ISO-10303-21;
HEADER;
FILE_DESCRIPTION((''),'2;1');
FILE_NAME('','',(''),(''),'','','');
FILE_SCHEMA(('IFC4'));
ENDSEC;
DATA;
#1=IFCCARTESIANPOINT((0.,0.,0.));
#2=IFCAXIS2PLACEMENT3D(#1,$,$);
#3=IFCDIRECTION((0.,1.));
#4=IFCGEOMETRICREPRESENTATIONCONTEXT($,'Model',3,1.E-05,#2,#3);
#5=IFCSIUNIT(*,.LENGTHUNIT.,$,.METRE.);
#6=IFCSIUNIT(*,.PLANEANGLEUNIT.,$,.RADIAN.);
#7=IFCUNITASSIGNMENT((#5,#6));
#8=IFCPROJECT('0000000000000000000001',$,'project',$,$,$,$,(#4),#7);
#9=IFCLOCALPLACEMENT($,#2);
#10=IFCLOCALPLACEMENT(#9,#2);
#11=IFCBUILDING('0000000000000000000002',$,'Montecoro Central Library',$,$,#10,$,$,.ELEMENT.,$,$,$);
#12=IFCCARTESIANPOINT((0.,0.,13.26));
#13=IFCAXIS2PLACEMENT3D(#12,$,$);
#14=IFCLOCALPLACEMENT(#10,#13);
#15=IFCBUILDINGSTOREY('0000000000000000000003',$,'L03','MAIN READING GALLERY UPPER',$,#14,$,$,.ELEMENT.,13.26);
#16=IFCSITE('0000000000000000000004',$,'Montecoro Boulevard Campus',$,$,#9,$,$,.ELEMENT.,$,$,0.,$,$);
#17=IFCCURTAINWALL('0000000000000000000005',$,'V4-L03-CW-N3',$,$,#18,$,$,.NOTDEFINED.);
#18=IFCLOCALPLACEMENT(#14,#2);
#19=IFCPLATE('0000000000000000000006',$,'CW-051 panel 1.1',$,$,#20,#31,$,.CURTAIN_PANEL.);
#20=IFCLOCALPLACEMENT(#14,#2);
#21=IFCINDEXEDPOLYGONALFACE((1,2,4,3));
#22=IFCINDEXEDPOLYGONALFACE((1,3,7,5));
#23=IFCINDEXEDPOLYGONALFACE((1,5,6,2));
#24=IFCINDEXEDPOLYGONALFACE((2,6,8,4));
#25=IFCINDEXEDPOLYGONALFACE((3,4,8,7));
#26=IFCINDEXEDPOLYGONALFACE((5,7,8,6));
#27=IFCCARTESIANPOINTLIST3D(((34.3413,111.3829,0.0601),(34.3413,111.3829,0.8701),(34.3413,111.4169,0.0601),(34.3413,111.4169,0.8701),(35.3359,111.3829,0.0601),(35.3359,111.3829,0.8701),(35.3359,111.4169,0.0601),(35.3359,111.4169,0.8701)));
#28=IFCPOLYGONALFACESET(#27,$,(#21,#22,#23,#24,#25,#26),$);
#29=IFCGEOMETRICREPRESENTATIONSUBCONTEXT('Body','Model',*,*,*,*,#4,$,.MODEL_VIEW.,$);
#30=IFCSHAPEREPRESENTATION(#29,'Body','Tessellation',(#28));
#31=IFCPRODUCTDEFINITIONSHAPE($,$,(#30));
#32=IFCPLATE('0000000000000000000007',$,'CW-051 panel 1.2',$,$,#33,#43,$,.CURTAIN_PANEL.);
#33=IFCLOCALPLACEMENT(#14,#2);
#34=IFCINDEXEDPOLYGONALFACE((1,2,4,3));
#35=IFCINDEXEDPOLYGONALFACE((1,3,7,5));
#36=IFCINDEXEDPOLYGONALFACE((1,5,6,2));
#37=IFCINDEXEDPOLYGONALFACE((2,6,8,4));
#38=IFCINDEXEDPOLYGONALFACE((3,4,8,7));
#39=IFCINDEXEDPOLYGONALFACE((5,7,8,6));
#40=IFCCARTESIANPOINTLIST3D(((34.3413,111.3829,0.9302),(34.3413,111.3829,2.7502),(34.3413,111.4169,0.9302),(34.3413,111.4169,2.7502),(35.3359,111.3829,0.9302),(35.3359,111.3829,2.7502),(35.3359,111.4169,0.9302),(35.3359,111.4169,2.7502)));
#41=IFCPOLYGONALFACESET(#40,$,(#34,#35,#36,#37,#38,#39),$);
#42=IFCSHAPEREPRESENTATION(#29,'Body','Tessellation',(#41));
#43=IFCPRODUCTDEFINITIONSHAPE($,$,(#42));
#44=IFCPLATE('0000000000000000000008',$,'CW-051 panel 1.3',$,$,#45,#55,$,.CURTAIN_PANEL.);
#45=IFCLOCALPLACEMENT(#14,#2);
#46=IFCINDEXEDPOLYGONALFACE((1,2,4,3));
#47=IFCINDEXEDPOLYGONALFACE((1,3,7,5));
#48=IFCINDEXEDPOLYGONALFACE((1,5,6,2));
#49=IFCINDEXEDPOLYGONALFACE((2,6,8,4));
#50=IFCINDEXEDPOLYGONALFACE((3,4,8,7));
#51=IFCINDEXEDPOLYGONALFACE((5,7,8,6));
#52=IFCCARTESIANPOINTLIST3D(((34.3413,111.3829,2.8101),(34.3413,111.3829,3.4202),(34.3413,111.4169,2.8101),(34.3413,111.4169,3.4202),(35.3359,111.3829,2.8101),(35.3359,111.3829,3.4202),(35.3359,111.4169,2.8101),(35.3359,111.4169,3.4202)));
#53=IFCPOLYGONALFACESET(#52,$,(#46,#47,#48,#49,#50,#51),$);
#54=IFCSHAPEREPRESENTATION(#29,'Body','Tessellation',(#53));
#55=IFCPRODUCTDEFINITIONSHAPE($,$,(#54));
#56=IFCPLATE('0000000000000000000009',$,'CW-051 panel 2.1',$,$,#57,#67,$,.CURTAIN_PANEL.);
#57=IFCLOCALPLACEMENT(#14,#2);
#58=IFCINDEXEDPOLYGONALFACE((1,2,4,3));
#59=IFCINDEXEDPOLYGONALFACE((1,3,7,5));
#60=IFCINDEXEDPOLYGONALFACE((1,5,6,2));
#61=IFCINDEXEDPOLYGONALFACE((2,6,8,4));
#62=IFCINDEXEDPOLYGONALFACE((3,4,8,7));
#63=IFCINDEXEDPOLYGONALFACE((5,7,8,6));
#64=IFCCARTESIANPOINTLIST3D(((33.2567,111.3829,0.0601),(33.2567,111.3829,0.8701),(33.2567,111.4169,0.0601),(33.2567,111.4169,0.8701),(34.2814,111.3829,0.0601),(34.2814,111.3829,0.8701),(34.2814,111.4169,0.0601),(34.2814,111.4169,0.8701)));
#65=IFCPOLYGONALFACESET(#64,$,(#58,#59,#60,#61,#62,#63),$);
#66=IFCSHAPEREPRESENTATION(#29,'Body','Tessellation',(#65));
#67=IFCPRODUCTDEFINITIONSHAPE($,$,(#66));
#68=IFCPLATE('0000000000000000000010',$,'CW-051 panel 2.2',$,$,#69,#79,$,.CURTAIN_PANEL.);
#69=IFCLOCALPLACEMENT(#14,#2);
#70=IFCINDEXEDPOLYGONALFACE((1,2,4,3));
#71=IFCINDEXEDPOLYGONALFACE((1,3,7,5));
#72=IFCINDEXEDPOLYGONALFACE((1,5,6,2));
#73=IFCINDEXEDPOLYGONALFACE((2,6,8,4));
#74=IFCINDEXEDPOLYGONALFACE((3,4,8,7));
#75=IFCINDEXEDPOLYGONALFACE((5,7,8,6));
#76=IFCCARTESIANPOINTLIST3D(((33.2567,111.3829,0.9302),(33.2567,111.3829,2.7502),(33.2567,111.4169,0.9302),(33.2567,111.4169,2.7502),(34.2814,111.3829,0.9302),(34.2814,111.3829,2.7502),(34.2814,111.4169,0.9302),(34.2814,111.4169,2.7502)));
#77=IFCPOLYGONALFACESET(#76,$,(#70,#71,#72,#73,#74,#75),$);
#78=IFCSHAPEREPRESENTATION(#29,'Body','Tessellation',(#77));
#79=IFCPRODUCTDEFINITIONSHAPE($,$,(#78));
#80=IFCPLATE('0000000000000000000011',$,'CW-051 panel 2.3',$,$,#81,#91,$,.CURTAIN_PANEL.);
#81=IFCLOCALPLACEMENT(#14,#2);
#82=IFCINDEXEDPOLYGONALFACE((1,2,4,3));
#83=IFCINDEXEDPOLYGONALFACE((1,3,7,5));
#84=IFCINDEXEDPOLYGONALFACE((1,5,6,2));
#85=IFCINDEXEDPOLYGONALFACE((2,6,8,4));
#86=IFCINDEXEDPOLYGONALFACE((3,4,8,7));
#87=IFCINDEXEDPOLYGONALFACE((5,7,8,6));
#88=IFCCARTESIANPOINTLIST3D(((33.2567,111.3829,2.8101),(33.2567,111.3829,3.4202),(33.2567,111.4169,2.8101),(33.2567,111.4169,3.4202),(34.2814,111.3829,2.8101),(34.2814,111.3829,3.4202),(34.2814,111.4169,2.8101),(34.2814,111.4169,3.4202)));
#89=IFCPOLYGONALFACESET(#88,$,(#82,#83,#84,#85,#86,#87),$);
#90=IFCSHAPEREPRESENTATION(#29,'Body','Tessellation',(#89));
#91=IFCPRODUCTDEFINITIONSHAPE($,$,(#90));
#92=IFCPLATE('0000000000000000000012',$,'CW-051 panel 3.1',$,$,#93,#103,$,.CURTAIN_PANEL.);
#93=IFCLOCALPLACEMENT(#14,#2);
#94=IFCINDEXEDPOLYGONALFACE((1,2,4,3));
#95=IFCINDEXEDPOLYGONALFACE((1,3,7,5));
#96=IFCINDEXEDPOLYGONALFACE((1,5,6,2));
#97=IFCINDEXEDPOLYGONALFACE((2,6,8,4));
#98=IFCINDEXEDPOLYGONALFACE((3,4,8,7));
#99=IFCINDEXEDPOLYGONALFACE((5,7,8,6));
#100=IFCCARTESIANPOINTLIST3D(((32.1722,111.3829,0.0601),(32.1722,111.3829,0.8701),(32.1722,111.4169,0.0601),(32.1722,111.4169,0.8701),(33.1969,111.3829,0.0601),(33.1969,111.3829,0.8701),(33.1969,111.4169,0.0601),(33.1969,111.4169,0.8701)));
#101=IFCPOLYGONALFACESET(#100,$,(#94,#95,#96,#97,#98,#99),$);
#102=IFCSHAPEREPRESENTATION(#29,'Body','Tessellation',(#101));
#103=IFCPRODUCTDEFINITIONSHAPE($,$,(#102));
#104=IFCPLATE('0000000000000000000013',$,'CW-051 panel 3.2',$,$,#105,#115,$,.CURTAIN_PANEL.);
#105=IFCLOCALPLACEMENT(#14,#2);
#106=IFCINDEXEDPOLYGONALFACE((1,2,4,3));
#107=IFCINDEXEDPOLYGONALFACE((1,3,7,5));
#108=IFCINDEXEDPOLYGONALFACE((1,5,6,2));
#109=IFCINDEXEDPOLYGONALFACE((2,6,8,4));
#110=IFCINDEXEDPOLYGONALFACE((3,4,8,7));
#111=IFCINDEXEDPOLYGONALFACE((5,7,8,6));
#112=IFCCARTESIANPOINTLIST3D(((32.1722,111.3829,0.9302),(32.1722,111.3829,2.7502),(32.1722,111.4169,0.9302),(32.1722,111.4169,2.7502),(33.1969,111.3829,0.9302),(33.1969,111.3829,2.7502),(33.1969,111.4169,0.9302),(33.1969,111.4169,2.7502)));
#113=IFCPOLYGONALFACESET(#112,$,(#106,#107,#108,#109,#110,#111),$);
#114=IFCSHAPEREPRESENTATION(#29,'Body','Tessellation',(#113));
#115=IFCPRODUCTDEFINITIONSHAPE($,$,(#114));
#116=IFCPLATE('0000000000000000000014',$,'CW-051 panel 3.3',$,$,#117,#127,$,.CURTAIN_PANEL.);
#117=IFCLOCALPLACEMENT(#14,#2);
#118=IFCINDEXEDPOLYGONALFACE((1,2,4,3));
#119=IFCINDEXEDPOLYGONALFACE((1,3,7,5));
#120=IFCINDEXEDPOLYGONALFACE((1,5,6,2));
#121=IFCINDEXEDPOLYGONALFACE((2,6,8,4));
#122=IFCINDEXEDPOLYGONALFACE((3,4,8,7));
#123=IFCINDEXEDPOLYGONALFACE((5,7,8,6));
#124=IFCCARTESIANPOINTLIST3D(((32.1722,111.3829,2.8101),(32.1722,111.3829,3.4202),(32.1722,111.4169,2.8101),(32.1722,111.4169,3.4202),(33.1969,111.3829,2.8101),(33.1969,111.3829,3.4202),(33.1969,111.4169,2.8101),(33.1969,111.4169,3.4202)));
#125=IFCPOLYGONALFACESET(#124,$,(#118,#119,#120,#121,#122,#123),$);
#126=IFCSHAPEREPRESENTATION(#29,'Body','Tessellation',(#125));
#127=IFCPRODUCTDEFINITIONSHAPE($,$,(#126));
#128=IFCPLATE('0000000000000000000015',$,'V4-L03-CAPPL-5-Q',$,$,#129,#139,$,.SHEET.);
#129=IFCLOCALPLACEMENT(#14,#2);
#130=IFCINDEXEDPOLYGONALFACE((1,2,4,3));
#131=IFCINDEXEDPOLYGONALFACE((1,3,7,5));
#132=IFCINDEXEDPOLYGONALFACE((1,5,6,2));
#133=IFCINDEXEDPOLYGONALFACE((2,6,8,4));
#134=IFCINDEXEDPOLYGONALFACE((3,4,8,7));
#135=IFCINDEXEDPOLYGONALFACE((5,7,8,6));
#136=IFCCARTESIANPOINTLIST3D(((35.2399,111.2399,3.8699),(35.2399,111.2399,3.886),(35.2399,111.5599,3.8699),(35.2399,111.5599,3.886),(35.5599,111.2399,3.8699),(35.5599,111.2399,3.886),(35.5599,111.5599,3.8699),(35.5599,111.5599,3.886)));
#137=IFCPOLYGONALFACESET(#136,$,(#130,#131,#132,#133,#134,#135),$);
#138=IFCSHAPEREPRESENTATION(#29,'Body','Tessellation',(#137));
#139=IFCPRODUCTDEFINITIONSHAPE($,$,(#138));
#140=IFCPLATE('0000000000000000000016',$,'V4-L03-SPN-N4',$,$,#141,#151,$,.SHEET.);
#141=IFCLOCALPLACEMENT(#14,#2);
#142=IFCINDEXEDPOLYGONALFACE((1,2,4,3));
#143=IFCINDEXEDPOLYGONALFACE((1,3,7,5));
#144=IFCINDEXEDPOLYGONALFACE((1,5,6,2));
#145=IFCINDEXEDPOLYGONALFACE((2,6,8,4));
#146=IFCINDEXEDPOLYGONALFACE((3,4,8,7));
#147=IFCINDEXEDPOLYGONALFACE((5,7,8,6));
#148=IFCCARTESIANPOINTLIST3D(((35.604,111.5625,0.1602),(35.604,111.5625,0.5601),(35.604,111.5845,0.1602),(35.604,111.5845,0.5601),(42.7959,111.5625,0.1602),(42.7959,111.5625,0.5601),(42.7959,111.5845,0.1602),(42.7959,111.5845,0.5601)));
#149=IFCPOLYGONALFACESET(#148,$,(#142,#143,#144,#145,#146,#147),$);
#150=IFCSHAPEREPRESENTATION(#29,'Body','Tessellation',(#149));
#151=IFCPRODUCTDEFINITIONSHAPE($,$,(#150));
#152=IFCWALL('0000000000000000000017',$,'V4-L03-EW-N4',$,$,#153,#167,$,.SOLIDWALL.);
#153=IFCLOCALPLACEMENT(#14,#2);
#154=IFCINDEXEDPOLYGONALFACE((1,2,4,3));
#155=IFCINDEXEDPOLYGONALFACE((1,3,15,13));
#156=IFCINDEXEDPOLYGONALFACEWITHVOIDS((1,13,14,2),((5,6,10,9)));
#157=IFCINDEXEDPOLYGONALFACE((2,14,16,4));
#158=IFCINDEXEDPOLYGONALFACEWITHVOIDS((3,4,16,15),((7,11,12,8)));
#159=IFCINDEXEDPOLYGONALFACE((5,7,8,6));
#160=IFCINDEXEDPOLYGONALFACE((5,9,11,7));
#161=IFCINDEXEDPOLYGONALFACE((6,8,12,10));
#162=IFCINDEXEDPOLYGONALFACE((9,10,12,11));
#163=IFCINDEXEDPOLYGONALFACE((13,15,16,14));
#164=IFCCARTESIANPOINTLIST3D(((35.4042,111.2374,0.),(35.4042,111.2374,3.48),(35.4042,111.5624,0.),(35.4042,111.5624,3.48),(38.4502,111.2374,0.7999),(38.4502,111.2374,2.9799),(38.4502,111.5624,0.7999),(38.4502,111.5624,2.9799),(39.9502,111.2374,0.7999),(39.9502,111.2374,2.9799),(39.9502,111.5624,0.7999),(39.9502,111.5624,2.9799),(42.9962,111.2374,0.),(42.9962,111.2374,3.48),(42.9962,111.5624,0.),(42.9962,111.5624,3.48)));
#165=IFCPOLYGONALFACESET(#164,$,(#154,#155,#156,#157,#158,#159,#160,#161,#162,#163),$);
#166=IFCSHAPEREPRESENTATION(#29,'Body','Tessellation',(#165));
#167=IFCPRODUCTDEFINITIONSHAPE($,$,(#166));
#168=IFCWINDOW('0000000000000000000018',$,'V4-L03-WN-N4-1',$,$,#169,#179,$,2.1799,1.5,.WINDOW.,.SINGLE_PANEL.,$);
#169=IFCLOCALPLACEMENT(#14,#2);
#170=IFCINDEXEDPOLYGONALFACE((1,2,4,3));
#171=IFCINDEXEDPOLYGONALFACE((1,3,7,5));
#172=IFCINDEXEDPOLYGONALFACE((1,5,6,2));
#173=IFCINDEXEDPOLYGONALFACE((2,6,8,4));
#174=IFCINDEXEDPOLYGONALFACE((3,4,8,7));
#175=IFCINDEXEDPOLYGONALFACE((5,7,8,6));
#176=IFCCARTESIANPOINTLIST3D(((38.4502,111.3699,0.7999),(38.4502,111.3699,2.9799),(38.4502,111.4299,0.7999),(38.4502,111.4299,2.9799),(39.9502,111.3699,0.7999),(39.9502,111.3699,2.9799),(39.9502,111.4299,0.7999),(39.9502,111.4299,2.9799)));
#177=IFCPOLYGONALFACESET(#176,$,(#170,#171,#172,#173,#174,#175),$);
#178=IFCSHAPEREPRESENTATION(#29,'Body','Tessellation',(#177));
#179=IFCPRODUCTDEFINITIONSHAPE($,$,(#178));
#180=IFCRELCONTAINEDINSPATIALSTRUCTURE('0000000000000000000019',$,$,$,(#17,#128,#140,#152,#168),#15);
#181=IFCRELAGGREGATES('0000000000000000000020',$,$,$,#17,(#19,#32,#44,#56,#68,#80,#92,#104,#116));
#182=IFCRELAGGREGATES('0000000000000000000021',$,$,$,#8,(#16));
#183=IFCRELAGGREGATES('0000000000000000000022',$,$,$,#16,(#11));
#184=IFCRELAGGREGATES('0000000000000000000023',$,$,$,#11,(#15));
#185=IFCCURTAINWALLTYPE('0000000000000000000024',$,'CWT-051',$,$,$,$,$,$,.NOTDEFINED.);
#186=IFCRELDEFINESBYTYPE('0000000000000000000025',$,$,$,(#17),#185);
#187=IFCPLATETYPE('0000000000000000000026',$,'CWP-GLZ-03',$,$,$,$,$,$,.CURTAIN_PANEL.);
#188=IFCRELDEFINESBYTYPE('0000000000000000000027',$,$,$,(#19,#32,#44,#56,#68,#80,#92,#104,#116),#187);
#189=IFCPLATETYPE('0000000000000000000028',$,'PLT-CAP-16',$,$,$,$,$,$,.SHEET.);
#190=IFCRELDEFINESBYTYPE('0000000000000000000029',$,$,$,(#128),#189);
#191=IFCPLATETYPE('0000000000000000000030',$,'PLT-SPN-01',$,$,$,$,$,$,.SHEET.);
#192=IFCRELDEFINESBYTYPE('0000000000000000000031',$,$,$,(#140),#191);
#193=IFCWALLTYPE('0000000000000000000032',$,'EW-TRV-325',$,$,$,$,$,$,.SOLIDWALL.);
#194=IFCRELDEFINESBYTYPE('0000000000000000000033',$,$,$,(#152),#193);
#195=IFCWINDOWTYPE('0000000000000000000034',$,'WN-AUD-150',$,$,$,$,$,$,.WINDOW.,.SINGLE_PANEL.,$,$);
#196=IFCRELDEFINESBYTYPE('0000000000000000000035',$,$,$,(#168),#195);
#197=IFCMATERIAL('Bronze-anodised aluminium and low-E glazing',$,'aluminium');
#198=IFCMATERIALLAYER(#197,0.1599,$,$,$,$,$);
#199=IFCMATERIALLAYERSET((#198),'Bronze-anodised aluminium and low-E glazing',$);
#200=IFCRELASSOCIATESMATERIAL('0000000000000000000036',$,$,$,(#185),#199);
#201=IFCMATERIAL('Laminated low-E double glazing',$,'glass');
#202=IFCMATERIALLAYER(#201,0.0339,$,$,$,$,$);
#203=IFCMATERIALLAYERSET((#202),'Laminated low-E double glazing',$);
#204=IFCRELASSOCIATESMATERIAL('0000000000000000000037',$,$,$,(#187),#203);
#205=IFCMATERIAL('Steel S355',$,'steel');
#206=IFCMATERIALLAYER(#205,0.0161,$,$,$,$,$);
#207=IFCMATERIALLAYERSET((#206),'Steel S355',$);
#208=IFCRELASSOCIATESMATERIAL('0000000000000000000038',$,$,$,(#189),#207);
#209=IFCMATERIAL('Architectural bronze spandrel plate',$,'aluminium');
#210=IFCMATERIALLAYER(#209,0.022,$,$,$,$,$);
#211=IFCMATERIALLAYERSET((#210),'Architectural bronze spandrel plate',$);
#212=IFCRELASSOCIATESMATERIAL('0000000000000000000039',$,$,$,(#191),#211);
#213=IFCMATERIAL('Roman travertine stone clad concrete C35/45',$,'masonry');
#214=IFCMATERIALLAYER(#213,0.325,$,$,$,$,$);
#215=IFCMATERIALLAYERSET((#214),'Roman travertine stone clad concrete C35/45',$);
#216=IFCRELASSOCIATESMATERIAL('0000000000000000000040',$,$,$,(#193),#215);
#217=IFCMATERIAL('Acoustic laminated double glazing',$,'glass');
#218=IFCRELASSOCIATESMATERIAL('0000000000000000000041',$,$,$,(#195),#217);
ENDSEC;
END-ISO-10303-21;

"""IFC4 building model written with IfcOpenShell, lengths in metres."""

from ifc_helpers import new_model, si_unit, direction, frame, frame_2d, origin, origin_2d, place, context, subcontext, project, spatial, rectangle, extrude, material, layer, layer_set, type_object, element, fill, aggregate, save


model = new_model("IFC4")

# Units and contexts
model_context = context("Model", 3, precision=1e-05, world=origin(), true_north=direction((0.0, 1.0)))
body_context = subcontext(model_context, "Body", "Model", "MODEL_VIEW")
ifc_project = project(units=[si_unit("LENGTHUNIT", "METRE"), si_unit("PLANEANGLEUNIT", "RADIAN")], contexts=[model_context])

# Site, building, storey
site_placement = place(None, origin())
site = spatial("IfcSite", under=ifc_project, at=site_placement, Name="Montecoro Boulevard Campus", CompositionType="ELEMENT", RefElevation=0.0)
building_placement = place(site_placement, origin())
building = spatial("IfcBuilding", under=site, at=building_placement, Name="Montecoro Central Library", CompositionType="ELEMENT")
storey_placement = place(building_placement, frame((0.0, 0.0, 13.26)))
storey = spatial("IfcBuildingStorey", under=building, at=storey_placement, Name="L03", Description="MAIN READING GALLERY UPPER", CompositionType="ELEMENT", Elevation=13.26)

# Shared definitions
ifc_material_1 = material(Name="Steel S355", Category="steel")

# Curtain wall
ifc_material_2 = material(Name="Bronze-anodised aluminium and low-E glazing", Category="aluminium")
ifc_layer_1 = layer(ifc_material_2, 0.1599)
ifc_layer_set_1 = layer_set([ifc_layer_1], Name="Bronze-anodised aluminium and low-E glazing")
curtain_wall_type_1 = type_object("IfcCurtainWallType", Name="CWT-051", PredefinedType="NOTDEFINED", material=ifc_layer_set_1)
curtain_wall_1_placement = place(storey_placement, origin())
curtain_wall_1 = element("IfcCurtainWall", 1, at=curtain_wall_1_placement, inside=storey, type_object=curtain_wall_type_1, Name="V4-L03-CW-N3", PredefinedType="NOTDEFINED")

# Plates
ifc_material_3 = material(Name="Laminated low-E double glazing", Category="glass")
ifc_layer_2 = layer(ifc_material_3, 0.0339)
ifc_layer_set_2 = layer_set([ifc_layer_2], Name="Laminated low-E double glazing")
plate_type_1 = type_object("IfcPlateType", Name="CWP-GLZ-03", PredefinedType="CURTAIN_PANEL", material=ifc_layer_set_2)
plate_1_placement = place(storey_placement, frame((34.8386, 111.3999, 0.0601), z_axis=(0.0, 0.0, 1.0), x_axis=(-1.0, 0.0, 0.0)))
plate_1 = element("IfcPlate", 2, at=plate_1_placement, type_object=plate_type_1, Name="CW-051 panel 1.1", PredefinedType="CURTAIN_PANEL", context=body_context, shape_type="SweptSolid", body=[
    extrude(rectangle(XDim=0.9946, YDim=0.0339, at=origin_2d()), origin(), (0.0, 0.0, 1.0), 0.8101),
])
plate_2_placement = place(storey_placement, frame((34.8386, 111.3999, 0.9302), z_axis=(0.0, 0.0, 1.0), x_axis=(-1.0, 0.0, 0.0)))
plate_2 = element("IfcPlate", 3, at=plate_2_placement, type_object=plate_type_1, Name="CW-051 panel 1.2", PredefinedType="CURTAIN_PANEL", context=body_context, shape_type="SweptSolid", body=[
    extrude(rectangle(XDim=0.9946, YDim=0.0339, at=origin_2d()), origin(), (0.0, 0.0, 1.0), 1.8201),
])
plate_3_placement = place(storey_placement, frame((34.8386, 111.3999, 2.8101), z_axis=(0.0, 0.0, 1.0), x_axis=(-1.0, 0.0, 0.0)))
plate_3 = element("IfcPlate", 4, at=plate_3_placement, type_object=plate_type_1, Name="CW-051 panel 1.3", PredefinedType="CURTAIN_PANEL", context=body_context, shape_type="SweptSolid", body=[
    extrude(rectangle(XDim=0.9946, YDim=0.0339, at=origin_2d()), origin(), (0.0, 0.0, 1.0), 0.6101),
])
plate_4_placement = place(storey_placement, frame((33.769, 111.3999, 0.0601), z_axis=(0.0, 0.0, 1.0), x_axis=(-1.0, 0.0, 0.0)))
plate_4 = element("IfcPlate", 5, at=plate_4_placement, type_object=plate_type_1, Name="CW-051 panel 2.1", PredefinedType="CURTAIN_PANEL", context=body_context, shape_type="SweptSolid", body=[
    extrude(rectangle(XDim=1.0247, YDim=0.0339, at=origin_2d()), origin(), (0.0, 0.0, 1.0), 0.8101),
])
plate_5_placement = place(storey_placement, frame((33.769, 111.3999, 0.9302), z_axis=(0.0, 0.0, 1.0), x_axis=(-1.0, 0.0, 0.0)))
plate_5 = element("IfcPlate", 6, at=plate_5_placement, type_object=plate_type_1, Name="CW-051 panel 2.2", PredefinedType="CURTAIN_PANEL", context=body_context, shape_type="SweptSolid", body=[
    extrude(rectangle(XDim=1.0247, YDim=0.0339, at=origin_2d()), origin(), (0.0, 0.0, 1.0), 1.8201),
])
plate_6_placement = place(storey_placement, frame((33.769, 111.3999, 2.8101), z_axis=(0.0, 0.0, 1.0), x_axis=(-1.0, 0.0, 0.0)))
plate_6 = element("IfcPlate", 7, at=plate_6_placement, type_object=plate_type_1, Name="CW-051 panel 2.3", PredefinedType="CURTAIN_PANEL", context=body_context, shape_type="SweptSolid", body=[
    extrude(rectangle(XDim=1.0247, YDim=0.0339, at=origin_2d()), origin(), (0.0, 0.0, 1.0), 0.6101),
])
plate_7_placement = place(storey_placement, frame((32.6846, 111.3999, 0.0601), z_axis=(0.0, 0.0, 1.0), x_axis=(-1.0, 0.0, 0.0)))
plate_7 = element("IfcPlate", 8, at=plate_7_placement, type_object=plate_type_1, Name="CW-051 panel 3.1", PredefinedType="CURTAIN_PANEL", context=body_context, shape_type="SweptSolid", body=[
    extrude(rectangle(XDim=1.0247, YDim=0.0339, at=origin_2d()), origin(), (0.0, 0.0, 1.0), 0.8101),
])
plate_8_placement = place(storey_placement, frame((32.6846, 111.3999, 0.9302), z_axis=(0.0, 0.0, 1.0), x_axis=(-1.0, 0.0, 0.0)))
plate_8 = element("IfcPlate", 9, at=plate_8_placement, type_object=plate_type_1, Name="CW-051 panel 3.2", PredefinedType="CURTAIN_PANEL", context=body_context, shape_type="SweptSolid", body=[
    extrude(rectangle(XDim=1.0247, YDim=0.0339, at=origin_2d()), origin(), (0.0, 0.0, 1.0), 1.8201),
])
plate_9_placement = place(storey_placement, frame((32.6846, 111.3999, 2.8101), z_axis=(0.0, 0.0, 1.0), x_axis=(-1.0, 0.0, 0.0)))
plate_9 = element("IfcPlate", 10, at=plate_9_placement, type_object=plate_type_1, Name="CW-051 panel 3.3", PredefinedType="CURTAIN_PANEL", context=body_context, shape_type="SweptSolid", body=[
    extrude(rectangle(XDim=1.0247, YDim=0.0339, at=origin_2d()), origin(), (0.0, 0.0, 1.0), 0.6101),
])
aggregate(curtain_wall_1, [plate_1, plate_2, plate_3, plate_4, plate_5, plate_6, plate_7, plate_8, plate_9])

# Plates
ifc_layer_3 = layer(ifc_material_1, 0.0161)
ifc_layer_set_3 = layer_set([ifc_layer_3], Name="Steel S355")
plate_type_2 = type_object("IfcPlateType", Name="PLT-CAP-16", PredefinedType="SHEET", material=ifc_layer_set_3)
plate_10_placement = place(storey_placement, frame((35.3999, 111.3999, 3.8699), z_axis=(0.0, 0.0, 1.0), x_axis=(1.0, 0.0, 0.0)))
element("IfcPlate", 11, at=plate_10_placement, inside=storey, type_object=plate_type_2, Name="V4-L03-CAPPL-5-Q", PredefinedType="SHEET", context=body_context, shape_type="SweptSolid", body=[
    extrude(rectangle(XDim=0.3201, YDim=0.3201, at=origin_2d()), origin(), (0.0, 0.0, 1.0), 0.0161),
])
ifc_material_4 = material(Name="Architectural bronze spandrel plate", Category="aluminium")
ifc_layer_4 = layer(ifc_material_4, 0.022)
ifc_layer_set_4 = layer_set([ifc_layer_4], Name="Architectural bronze spandrel plate")
plate_type_3 = type_object("IfcPlateType", Name="PLT-SPN-01", PredefinedType="SHEET", material=ifc_layer_set_4)
plate_11_placement = place(storey_placement, frame((39.2, 111.5735, 0.1602), z_axis=(0.0, 0.0, 1.0), x_axis=(-1.0, 0.0, 0.0)))
element("IfcPlate", 12, at=plate_11_placement, inside=storey, type_object=plate_type_3, Name="V4-L03-SPN-N4", PredefinedType="SHEET", context=body_context, shape_type="SweptSolid", body=[
    extrude(rectangle(XDim=7.1919, YDim=0.022, at=origin_2d()), origin(), (0.0, 0.0, 1.0), 0.3999),
])

# Wall, opening, window
ifc_material_5 = material(Name="Roman travertine stone clad concrete C35/45", Category="masonry")
ifc_layer_5 = layer(ifc_material_5, 0.325)
ifc_layer_set_5 = layer_set([ifc_layer_5], Name="Roman travertine stone clad concrete C35/45")
wall_type = type_object("IfcWallType", Name="EW-TRV-325", PredefinedType="SOLIDWALL", material=ifc_layer_set_5)
wall_placement = place(storey_placement, frame((42.9961, 111.3999, 0.0), z_axis=(0.0, 0.0, 1.0), x_axis=(-1.0, 0.0, 0.0)))
wall = element("IfcWall", 13, at=wall_placement, inside=storey, type_object=wall_type, Name="V4-L03-EW-N4", PredefinedType="SOLIDWALL", context=body_context, shape_type="SweptSolid", body=[
    extrude(rectangle(XDim=7.592, YDim=0.325, at=frame_2d((3.7959, 0.0))), origin(), (0.0, 0.0, 1.0), 3.48),
])
opening_placement = place(wall_placement, frame((3.0459, 0.0, 0.8)))
opening = element("IfcOpeningElement", 14, at=opening_placement, cuts=wall, PredefinedType="OPENING", context=body_context, shape_type="SweptSolid", body=[
    extrude(rectangle(XDim=1.5, YDim=2.1799, at=frame_2d((0.75, 1.0898))), frame((0.0, 0.1724, 0.0), z_axis=(0.0, -1.0, 0.0), x_axis=(1.0, 0.0, 0.0)), (0.0, 0.0, 1.0), 0.345),
])
ifc_material_6 = material(Name="Acoustic laminated double glazing", Category="glass")
window_type = type_object("IfcWindowType", Name="WN-AUD-150", PartitioningType="SINGLE_PANEL", PredefinedType="WINDOW", material=ifc_material_6)
window_placement = place(opening_placement, origin())
window = element("IfcWindow", 15, at=window_placement, inside=storey, type_object=window_type, Name="V4-L03-WN-N4-1", OverallHeight=2.1799, OverallWidth=1.5, PartitioningType="SINGLE_PANEL", PredefinedType="WINDOW", context=body_context, shape_type="SweptSolid", body=[
    extrude(rectangle(XDim=1.5, YDim=2.1799, at=frame_2d((0.75, 1.0898))), frame((0.0, 0.03, 0.0), z_axis=(0.0, -1.0, 0.0), x_axis=(1.0, 0.0, 0.0)), (0.0, 0.0, 1.0), 0.0601),
])
fill(opening, window)

save(model, "model.ifc")
